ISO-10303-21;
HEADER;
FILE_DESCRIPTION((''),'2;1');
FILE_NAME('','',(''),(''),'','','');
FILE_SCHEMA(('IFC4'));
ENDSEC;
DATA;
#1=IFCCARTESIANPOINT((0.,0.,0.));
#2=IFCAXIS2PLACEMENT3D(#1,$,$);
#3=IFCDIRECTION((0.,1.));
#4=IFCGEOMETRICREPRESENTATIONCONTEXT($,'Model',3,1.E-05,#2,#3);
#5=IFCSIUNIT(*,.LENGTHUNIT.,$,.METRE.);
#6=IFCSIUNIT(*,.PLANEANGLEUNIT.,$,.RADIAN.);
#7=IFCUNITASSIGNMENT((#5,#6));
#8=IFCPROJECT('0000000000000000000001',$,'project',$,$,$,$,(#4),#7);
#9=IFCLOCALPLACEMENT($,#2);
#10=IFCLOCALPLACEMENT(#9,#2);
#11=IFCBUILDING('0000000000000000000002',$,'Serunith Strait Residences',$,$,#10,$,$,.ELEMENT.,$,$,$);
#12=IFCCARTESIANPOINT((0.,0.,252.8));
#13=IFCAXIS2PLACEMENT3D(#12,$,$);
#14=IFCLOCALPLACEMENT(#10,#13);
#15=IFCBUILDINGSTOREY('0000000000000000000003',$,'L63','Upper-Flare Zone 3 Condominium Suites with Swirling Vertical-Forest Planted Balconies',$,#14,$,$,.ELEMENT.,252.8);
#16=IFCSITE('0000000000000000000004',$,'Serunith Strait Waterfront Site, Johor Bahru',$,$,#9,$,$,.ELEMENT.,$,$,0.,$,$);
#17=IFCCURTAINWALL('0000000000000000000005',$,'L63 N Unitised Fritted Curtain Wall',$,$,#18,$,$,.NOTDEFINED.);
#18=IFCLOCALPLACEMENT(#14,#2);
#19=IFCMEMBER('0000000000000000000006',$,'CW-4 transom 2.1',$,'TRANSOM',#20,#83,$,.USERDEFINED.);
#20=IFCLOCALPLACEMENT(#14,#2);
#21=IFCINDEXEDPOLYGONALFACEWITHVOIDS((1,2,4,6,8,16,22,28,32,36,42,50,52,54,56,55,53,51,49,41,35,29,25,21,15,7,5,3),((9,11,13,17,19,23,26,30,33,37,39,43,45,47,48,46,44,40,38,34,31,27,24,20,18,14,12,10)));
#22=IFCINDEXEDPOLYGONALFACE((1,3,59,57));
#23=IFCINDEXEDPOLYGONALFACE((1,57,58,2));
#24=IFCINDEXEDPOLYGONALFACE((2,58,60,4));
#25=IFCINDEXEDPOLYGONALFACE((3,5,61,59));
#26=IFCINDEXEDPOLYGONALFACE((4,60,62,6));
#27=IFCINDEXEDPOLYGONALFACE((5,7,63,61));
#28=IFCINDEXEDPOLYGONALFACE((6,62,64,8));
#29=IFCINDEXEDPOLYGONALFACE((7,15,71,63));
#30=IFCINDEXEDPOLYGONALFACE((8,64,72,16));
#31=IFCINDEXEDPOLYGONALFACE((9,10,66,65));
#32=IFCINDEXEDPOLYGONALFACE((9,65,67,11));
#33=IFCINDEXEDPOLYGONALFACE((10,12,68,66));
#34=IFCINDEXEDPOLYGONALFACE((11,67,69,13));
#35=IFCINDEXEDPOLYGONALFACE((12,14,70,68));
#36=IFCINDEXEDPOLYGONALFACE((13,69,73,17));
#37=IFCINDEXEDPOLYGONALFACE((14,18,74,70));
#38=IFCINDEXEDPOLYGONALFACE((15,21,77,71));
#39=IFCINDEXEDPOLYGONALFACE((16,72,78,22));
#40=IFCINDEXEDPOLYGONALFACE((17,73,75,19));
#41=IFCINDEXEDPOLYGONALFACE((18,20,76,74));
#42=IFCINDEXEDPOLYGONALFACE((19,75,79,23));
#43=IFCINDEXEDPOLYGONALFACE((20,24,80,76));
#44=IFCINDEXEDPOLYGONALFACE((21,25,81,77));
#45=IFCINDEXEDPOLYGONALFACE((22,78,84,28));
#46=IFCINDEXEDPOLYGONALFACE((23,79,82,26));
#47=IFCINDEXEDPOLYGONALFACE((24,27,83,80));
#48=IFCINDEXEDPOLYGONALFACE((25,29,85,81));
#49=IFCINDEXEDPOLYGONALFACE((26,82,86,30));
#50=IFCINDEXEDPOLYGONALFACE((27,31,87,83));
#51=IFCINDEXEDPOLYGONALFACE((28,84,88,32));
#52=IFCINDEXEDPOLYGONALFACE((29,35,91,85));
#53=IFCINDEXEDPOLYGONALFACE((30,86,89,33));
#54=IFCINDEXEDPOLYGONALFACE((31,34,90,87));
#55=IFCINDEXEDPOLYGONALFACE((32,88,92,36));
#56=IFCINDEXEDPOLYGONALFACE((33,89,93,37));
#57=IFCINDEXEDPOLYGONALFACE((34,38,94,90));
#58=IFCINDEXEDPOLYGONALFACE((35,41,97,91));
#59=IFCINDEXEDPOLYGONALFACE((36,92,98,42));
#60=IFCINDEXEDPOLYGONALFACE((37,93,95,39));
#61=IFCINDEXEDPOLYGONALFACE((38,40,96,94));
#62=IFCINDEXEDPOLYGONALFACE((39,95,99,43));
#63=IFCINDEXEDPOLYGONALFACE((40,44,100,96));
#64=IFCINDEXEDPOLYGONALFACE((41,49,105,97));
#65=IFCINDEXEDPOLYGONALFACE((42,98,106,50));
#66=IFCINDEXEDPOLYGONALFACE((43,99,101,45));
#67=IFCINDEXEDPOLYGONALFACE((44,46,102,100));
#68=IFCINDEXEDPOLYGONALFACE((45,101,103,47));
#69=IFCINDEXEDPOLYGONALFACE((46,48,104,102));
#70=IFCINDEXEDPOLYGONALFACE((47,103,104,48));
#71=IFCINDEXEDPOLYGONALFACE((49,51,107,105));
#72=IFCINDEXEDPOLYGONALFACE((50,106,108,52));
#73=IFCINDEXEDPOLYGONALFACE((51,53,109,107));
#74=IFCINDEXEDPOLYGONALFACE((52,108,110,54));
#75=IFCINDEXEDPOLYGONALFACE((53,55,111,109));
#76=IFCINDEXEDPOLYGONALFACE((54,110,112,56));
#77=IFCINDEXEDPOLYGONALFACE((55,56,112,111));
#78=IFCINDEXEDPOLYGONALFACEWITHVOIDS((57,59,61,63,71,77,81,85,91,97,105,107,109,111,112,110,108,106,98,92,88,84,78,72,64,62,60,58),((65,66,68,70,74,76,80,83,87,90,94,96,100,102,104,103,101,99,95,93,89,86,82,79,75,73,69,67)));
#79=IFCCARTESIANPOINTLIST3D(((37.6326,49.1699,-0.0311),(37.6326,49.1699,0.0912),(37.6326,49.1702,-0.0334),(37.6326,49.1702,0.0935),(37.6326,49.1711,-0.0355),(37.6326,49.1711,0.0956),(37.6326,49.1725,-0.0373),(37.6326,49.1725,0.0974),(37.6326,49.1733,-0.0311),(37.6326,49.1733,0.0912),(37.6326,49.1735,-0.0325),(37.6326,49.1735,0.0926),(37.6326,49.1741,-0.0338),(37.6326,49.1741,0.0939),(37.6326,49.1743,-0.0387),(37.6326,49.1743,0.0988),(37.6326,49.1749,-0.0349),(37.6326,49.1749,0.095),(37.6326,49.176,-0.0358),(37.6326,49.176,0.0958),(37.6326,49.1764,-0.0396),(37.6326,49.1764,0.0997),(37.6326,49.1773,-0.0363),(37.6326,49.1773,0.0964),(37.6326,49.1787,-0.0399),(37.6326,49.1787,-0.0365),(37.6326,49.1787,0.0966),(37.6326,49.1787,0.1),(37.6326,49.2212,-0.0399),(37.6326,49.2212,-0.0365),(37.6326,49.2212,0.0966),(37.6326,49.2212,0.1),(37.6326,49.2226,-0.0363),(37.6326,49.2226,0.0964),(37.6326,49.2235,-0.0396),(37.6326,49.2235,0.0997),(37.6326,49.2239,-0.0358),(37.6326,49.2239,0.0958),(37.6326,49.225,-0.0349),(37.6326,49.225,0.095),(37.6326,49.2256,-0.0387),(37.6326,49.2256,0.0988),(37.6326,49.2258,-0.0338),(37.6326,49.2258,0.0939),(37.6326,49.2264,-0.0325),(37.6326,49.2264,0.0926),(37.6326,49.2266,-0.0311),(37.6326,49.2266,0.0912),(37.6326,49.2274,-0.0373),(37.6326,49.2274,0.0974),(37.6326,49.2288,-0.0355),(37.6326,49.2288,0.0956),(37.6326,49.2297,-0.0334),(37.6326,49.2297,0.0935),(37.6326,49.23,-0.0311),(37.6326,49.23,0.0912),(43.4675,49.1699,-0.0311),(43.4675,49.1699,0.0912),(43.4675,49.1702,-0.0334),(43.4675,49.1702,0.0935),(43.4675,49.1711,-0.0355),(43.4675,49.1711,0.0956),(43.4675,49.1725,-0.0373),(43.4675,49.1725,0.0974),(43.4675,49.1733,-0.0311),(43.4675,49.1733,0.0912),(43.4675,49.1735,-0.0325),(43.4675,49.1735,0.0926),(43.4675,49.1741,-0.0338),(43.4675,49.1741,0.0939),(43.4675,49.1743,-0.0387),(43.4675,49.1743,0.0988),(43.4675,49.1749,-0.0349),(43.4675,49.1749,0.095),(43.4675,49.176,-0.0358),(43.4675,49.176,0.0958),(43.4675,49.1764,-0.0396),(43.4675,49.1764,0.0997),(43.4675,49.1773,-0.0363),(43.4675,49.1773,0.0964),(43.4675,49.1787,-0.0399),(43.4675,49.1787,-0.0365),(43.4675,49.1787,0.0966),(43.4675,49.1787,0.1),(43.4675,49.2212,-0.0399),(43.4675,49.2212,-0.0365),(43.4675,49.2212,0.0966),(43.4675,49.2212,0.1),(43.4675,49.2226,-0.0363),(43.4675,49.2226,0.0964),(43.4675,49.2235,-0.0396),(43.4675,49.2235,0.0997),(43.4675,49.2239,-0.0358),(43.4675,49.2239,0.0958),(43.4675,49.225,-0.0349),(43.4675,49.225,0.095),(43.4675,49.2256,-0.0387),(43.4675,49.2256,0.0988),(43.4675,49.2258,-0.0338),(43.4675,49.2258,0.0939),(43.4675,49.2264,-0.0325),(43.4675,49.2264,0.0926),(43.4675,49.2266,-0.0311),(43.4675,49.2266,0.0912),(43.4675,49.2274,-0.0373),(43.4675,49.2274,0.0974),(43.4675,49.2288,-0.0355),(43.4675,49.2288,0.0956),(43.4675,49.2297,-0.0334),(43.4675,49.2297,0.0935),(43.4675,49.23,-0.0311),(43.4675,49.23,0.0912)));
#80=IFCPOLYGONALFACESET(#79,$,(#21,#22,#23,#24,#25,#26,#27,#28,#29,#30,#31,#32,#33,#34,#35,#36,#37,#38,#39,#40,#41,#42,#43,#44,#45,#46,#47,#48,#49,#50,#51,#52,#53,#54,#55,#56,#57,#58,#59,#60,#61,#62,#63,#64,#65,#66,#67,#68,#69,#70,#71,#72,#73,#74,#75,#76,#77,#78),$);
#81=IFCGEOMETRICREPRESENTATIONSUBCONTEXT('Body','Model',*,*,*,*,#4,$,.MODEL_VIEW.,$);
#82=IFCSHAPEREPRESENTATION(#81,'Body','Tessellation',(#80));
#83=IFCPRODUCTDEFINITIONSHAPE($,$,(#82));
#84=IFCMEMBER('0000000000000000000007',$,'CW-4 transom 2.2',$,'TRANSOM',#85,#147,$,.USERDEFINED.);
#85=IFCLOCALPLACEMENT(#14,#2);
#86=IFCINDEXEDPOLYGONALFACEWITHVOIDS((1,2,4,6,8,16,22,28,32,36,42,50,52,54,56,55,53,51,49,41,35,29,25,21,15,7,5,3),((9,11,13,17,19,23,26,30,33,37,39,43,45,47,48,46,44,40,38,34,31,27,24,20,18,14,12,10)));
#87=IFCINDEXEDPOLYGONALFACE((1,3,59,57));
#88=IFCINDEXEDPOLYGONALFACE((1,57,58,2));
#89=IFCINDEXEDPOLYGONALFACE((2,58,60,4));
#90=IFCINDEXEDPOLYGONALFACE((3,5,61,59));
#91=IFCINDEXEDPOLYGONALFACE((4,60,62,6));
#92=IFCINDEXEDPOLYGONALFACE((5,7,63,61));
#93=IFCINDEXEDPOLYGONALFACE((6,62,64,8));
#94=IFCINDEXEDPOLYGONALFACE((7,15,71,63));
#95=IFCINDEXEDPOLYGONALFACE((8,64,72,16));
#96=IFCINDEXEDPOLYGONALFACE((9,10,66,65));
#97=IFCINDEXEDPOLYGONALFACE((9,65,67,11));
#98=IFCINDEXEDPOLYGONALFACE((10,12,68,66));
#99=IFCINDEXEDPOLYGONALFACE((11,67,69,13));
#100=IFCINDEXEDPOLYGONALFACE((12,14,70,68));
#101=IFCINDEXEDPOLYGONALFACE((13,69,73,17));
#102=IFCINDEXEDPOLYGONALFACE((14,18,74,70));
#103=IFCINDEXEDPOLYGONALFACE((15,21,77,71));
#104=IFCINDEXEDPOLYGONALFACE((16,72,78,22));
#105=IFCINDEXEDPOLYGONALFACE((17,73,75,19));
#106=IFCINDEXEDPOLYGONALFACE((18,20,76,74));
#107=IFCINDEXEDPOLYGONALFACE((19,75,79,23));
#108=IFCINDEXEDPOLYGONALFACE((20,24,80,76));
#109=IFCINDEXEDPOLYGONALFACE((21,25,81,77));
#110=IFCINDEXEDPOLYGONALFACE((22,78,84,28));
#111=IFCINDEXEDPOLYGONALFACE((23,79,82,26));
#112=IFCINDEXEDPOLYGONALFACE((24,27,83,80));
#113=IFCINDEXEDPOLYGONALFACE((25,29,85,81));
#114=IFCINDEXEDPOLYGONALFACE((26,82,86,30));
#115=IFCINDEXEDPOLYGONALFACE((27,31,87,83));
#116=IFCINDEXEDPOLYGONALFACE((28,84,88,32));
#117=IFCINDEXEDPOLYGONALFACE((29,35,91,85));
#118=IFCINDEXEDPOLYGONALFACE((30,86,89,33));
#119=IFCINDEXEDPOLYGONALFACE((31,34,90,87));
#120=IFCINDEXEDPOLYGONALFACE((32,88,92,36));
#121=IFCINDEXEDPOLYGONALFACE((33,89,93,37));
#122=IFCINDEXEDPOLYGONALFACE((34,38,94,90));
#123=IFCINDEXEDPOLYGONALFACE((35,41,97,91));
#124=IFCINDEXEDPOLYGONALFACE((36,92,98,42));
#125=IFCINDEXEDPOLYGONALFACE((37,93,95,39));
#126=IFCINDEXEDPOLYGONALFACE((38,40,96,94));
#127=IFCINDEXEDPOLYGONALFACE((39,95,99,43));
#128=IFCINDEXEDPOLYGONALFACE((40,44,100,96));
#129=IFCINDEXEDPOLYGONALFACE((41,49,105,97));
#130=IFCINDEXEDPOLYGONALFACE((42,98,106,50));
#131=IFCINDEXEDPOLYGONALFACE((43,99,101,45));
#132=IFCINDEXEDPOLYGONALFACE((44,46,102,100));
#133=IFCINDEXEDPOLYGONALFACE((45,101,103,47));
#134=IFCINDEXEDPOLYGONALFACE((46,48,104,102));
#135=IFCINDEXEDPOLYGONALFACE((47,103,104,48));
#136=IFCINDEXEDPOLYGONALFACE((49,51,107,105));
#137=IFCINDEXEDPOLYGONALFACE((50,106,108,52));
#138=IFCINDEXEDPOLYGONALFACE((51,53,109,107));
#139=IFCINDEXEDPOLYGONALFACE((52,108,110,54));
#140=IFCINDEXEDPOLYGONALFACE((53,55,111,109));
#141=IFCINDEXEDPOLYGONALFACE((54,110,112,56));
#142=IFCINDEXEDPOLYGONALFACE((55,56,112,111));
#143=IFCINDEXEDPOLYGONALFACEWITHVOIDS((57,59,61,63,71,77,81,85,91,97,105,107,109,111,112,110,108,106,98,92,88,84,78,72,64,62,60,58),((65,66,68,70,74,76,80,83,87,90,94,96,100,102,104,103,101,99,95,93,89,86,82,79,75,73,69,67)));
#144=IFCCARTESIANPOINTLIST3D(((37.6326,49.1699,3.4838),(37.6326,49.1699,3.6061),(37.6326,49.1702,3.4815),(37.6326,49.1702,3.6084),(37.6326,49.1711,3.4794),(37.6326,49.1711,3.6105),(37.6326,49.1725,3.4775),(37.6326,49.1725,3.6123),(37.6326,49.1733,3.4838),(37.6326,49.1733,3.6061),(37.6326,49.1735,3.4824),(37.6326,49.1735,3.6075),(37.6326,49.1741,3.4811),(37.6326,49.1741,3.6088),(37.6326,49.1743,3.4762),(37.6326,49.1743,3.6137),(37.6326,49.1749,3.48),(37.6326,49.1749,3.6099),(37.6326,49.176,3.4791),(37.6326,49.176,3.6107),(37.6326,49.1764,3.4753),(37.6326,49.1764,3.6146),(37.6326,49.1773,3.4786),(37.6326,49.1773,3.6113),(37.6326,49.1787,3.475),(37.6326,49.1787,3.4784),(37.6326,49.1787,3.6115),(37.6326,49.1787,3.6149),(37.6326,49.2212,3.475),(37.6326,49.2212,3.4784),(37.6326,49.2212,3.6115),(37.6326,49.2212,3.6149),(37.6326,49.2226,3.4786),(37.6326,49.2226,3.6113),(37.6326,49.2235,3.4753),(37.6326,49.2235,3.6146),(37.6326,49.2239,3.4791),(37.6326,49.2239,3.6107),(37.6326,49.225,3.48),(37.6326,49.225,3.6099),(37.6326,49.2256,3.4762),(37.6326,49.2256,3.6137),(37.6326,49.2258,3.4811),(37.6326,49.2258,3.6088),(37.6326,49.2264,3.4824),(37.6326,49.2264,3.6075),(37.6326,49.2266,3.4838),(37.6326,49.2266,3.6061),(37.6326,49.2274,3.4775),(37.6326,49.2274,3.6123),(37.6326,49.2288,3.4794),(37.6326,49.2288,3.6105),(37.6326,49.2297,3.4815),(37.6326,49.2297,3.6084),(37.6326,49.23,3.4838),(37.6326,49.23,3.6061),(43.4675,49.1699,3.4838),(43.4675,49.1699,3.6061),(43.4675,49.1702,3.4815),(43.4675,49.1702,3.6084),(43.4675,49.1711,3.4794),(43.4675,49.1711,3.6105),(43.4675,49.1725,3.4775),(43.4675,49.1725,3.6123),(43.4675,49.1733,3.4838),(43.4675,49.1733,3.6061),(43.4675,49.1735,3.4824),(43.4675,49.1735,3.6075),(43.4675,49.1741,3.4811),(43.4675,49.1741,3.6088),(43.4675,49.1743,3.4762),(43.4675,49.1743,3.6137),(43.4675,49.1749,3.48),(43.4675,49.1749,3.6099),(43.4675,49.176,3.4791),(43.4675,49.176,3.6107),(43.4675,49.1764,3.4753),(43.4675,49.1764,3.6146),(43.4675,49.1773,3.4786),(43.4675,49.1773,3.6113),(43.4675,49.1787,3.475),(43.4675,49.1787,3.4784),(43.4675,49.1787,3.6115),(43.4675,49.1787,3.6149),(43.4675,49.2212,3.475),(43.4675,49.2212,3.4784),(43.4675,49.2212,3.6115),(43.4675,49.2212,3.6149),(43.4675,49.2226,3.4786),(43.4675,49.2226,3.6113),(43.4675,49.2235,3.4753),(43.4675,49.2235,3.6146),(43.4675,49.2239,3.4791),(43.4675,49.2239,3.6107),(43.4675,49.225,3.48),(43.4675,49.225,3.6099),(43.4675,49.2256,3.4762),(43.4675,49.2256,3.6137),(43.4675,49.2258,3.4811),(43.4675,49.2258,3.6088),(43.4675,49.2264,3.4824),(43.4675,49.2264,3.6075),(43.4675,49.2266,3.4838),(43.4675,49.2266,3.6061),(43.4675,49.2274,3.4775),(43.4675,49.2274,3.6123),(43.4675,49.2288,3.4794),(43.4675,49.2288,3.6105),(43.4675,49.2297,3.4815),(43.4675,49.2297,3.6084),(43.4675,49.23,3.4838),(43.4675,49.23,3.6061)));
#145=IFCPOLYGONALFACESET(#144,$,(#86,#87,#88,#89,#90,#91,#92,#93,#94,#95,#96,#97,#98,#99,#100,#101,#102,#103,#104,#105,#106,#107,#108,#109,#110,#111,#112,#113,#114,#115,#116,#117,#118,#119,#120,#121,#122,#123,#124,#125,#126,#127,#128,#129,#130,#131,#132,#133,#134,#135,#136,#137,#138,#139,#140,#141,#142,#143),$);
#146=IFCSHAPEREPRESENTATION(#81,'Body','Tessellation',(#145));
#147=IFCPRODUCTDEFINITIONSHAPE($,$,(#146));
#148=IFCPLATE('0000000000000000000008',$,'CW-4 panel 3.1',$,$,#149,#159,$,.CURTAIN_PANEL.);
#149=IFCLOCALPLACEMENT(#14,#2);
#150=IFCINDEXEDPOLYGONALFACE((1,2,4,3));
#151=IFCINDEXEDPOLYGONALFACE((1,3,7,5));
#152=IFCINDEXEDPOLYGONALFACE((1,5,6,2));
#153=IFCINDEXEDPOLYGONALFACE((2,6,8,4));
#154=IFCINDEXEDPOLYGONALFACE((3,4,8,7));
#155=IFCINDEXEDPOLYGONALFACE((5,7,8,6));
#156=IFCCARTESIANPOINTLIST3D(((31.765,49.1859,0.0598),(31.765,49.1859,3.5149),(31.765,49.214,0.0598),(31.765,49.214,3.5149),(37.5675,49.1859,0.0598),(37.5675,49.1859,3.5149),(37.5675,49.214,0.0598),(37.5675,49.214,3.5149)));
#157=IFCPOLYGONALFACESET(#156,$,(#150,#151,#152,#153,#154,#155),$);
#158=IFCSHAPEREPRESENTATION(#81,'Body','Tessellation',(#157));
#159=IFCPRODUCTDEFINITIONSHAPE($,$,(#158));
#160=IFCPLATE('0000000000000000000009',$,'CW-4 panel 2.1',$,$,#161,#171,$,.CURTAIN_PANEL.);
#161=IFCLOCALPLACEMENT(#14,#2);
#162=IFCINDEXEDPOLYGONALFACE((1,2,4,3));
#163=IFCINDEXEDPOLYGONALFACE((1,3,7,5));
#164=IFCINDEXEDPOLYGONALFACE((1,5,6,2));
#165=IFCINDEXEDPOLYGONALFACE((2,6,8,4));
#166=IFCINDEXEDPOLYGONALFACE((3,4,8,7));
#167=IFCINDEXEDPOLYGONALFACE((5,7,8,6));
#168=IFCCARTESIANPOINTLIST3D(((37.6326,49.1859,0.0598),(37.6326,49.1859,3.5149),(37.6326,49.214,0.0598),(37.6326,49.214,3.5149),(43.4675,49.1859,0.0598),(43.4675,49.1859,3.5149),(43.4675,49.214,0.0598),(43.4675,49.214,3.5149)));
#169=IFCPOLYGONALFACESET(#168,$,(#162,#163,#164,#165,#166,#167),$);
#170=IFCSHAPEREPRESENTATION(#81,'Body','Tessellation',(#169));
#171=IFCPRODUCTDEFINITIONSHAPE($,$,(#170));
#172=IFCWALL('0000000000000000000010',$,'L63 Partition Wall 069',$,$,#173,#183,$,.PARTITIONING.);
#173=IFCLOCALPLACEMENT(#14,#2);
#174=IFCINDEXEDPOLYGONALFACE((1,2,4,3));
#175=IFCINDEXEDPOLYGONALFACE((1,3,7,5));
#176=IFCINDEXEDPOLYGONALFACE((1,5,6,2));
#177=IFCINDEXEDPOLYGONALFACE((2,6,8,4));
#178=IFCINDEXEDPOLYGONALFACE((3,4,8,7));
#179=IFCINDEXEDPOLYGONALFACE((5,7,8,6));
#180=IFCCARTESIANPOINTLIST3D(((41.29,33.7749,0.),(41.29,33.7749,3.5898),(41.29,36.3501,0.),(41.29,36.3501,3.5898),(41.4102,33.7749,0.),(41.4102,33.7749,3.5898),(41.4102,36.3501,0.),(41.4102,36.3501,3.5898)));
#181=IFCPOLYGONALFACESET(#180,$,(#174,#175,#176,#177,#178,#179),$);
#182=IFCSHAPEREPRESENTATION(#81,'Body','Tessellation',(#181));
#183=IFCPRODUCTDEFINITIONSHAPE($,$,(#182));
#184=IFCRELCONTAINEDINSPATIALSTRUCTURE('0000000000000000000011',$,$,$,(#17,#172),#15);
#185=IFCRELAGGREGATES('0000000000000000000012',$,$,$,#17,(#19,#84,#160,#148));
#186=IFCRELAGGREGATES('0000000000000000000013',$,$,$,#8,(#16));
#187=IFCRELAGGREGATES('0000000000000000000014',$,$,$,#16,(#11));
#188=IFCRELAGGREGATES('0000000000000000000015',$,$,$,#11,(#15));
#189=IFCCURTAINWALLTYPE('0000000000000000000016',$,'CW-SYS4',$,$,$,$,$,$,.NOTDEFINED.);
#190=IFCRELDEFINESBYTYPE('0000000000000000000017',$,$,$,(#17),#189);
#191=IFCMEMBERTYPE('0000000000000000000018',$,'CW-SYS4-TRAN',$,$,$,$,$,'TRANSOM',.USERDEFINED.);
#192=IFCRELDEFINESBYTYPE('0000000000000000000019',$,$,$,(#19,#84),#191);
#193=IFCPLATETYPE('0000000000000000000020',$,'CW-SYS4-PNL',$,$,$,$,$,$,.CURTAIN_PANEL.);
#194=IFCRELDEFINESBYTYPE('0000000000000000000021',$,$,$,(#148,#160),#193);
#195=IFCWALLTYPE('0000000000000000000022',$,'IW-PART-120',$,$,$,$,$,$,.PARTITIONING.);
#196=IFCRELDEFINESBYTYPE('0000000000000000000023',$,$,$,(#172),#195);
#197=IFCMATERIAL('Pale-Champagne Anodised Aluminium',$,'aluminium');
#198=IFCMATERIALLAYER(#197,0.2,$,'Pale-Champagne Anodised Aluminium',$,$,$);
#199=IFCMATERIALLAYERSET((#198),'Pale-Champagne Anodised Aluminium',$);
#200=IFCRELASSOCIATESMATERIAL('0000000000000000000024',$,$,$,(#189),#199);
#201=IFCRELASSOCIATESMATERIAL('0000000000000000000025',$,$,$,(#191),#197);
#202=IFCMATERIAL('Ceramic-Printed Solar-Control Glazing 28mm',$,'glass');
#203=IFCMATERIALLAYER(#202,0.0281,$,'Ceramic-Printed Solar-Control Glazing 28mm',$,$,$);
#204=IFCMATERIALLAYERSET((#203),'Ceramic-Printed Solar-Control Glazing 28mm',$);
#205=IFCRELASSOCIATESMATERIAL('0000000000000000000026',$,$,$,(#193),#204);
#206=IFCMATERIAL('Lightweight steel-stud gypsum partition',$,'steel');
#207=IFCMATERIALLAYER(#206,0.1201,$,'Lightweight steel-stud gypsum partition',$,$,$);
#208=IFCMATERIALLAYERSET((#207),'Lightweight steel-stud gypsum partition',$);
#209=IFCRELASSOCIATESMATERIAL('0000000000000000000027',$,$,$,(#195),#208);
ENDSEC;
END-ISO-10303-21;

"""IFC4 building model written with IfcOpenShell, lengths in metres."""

from ifc_helpers import new_model, si_unit, direction, frame, frame_2d, origin, origin_2d, place, context, subcontext, project, spatial, rectangle, hollow_rectangle, extrude, source, transform, mapped, material, layer, layer_set, material_profile, profile_set, type_object, element, aggregate, save


model = new_model("IFC4")

# Units and contexts
model_context = context("Model", 3, precision=1e-05, world=origin(), true_north=direction((0.0, 1.0)))
body_context = subcontext(model_context, "Body", "Model", "MODEL_VIEW")
ifc_project = project(units=[si_unit("LENGTHUNIT", "METRE"), si_unit("PLANEANGLEUNIT", "RADIAN")], contexts=[model_context])

# Site, building, storey
site_placement = place(None, origin())
site = spatial("IfcSite", under=ifc_project, at=site_placement, Name="Serunith Strait Waterfront Site, Johor Bahru", CompositionType="ELEMENT", RefElevation=0.0)
building_placement = place(site_placement, origin())
building = spatial("IfcBuilding", under=site, at=building_placement, Name="Serunith Strait Residences", CompositionType="ELEMENT")
storey_placement = place(building_placement, frame((0.0, 0.0, 252.8)))
storey = spatial("IfcBuildingStorey", under=building, at=storey_placement, Name="L63", Description="Upper-Flare Zone 3 Condominium Suites with Swirling Vertical-Forest Planted Balconies", CompositionType="ELEMENT", Elevation=252.8)

# Curtain wall, members, plates
ifc_material_1 = material(Name="Pale-Champagne Anodised Aluminium", Category="aluminium")
ifc_layer_1 = layer(ifc_material_1, 0.2, Name="Pale-Champagne Anodised Aluminium")
ifc_layer_set_1 = layer_set([ifc_layer_1], Name="Pale-Champagne Anodised Aluminium")
curtain_wall_type = type_object("IfcCurtainWallType", Name="CW-SYS4", PredefinedType="NOTDEFINED", material=ifc_layer_set_1)
curtain_wall_placement = place(storey_placement, origin())
curtain_wall = element("IfcCurtainWall", 1, at=curtain_wall_placement, inside=storey, type_object=curtain_wall_type, Name="L63 N Unitised Fritted Curtain Wall", PredefinedType="NOTDEFINED")
ifc_material_profile_1 = material_profile(ifc_material_1, hollow_rectangle(XDim=0.0601, YDim=0.1399, WallThickness=0.0034, InnerFilletRadius=0.0054, OuterFilletRadius=0.0088, at=origin_2d()), Name="ALU 140x60x3.5")
ifc_profile_set_1 = profile_set([ifc_material_profile_1], Name="Pale-Champagne Anodised Aluminium")
member_type_1 = type_object("IfcMemberType", Name="CW-SYS4-TRAN", ElementType="TRANSOM", PredefinedType="USERDEFINED", material=ifc_profile_set_1)
shared_shape_1 = source(origin(), body_context, "Body", "SweptSolid", [
    extrude(hollow_rectangle(XDim=0.0601, YDim=0.1399, WallThickness=0.0034, InnerFilletRadius=0.0054, OuterFilletRadius=0.0088, at=origin_2d()), origin(), (0.0, 0.0, 1.0), 5.835),
])
member_1_placement = place(storey_placement, frame((43.4675, 49.2, 0.03), z_axis=(-1.0, 0.0, 0.0), x_axis=(0.0, -1.0, 0.0)))
member_1 = element("IfcMember", 2, at=member_1_placement, type_object=member_type_1, Name="CW-4 transom 2.1", ObjectType="TRANSOM", PredefinedType="USERDEFINED", context=body_context, shape_type="MappedRepresentation", body=[
    mapped(shared_shape_1, transform((0.0, 0.0, 0.0), scale=1.0)),
])
member_2_placement = place(storey_placement, frame((43.4675, 49.2, 3.5449), z_axis=(-1.0, 0.0, 0.0), x_axis=(0.0, -1.0, 0.0)))
member_2 = element("IfcMember", 3, at=member_2_placement, type_object=member_type_1, Name="CW-4 transom 2.2", ObjectType="TRANSOM", PredefinedType="USERDEFINED", context=body_context, shape_type="MappedRepresentation", body=[
    mapped(shared_shape_1, transform((0.0, 0.0, 0.0), scale=1.0)),
])
ifc_material_2 = material(Name="Ceramic-Printed Solar-Control Glazing 28mm", Category="glass")
ifc_layer_2 = layer(ifc_material_2, 0.0281, Name="Ceramic-Printed Solar-Control Glazing 28mm")
ifc_layer_set_2 = layer_set([ifc_layer_2], Name="Ceramic-Printed Solar-Control Glazing 28mm")
plate_type = type_object("IfcPlateType", Name="CW-SYS4-PNL", PredefinedType="CURTAIN_PANEL", material=ifc_layer_set_2)
shared_shape_2 = source(origin(), body_context, "Body", "SweptSolid", [
    extrude(rectangle(XDim=5.8025, YDim=0.0281, at=origin_2d()), origin(), (0.0, 0.0, 1.0), 3.4551),
])
plate_1_placement = place(storey_placement, frame((34.6663, 49.2, 0.0598), z_axis=(0.0, 0.0, 1.0), x_axis=(-1.0, 0.0, 0.0)))
plate_1 = element("IfcPlate", 4, at=plate_1_placement, type_object=plate_type, Name="CW-4 panel 3.1", PredefinedType="CURTAIN_PANEL", context=body_context, shape_type="MappedRepresentation", body=[
    mapped(shared_shape_2, transform((0.0, 0.0, 0.0), scale=1.0)),
])
shared_shape_3 = source(origin(), body_context, "Body", "SweptSolid", [
    extrude(rectangle(XDim=5.835, YDim=0.0281, at=origin_2d()), origin(), (0.0, 0.0, 1.0), 3.4551),
])
plate_2_placement = place(storey_placement, frame((40.55, 49.2, 0.0598), z_axis=(0.0, 0.0, 1.0), x_axis=(-1.0, 0.0, 0.0)))
plate_2 = element("IfcPlate", 5, at=plate_2_placement, type_object=plate_type, Name="CW-4 panel 2.1", PredefinedType="CURTAIN_PANEL", context=body_context, shape_type="MappedRepresentation", body=[
    mapped(shared_shape_3, transform((0.0, 0.0, 0.0), scale=1.0)),
])
aggregate(curtain_wall, [member_1, member_2, plate_2, plate_1])

# Wall
ifc_material_3 = material(Name="Lightweight steel-stud gypsum partition", Category="steel")
ifc_layer_3 = layer(ifc_material_3, 0.1201, Name="Lightweight steel-stud gypsum partition")
ifc_layer_set_3 = layer_set([ifc_layer_3], Name="Lightweight steel-stud gypsum partition")
wall_type = type_object("IfcWallType", Name="IW-PART-120", PredefinedType="PARTITIONING", material=ifc_layer_set_3)
wall_1_placement = place(storey_placement, frame((41.3501, 36.3501, 0.0), z_axis=(0.0, 0.0, 1.0), x_axis=(0.0, -1.0, 0.0)))
element("IfcWall", 6, at=wall_1_placement, inside=storey, type_object=wall_type, Name="L63 Partition Wall 069", PredefinedType="PARTITIONING", context=body_context, shape_type="SweptSolid", body=[
    extrude(rectangle(XDim=2.5752, YDim=0.1201, at=frame_2d((1.2876, 0.0))), origin(), (0.0, 0.0, 1.0), 3.5898),
])

save(model, "model.ifc")
